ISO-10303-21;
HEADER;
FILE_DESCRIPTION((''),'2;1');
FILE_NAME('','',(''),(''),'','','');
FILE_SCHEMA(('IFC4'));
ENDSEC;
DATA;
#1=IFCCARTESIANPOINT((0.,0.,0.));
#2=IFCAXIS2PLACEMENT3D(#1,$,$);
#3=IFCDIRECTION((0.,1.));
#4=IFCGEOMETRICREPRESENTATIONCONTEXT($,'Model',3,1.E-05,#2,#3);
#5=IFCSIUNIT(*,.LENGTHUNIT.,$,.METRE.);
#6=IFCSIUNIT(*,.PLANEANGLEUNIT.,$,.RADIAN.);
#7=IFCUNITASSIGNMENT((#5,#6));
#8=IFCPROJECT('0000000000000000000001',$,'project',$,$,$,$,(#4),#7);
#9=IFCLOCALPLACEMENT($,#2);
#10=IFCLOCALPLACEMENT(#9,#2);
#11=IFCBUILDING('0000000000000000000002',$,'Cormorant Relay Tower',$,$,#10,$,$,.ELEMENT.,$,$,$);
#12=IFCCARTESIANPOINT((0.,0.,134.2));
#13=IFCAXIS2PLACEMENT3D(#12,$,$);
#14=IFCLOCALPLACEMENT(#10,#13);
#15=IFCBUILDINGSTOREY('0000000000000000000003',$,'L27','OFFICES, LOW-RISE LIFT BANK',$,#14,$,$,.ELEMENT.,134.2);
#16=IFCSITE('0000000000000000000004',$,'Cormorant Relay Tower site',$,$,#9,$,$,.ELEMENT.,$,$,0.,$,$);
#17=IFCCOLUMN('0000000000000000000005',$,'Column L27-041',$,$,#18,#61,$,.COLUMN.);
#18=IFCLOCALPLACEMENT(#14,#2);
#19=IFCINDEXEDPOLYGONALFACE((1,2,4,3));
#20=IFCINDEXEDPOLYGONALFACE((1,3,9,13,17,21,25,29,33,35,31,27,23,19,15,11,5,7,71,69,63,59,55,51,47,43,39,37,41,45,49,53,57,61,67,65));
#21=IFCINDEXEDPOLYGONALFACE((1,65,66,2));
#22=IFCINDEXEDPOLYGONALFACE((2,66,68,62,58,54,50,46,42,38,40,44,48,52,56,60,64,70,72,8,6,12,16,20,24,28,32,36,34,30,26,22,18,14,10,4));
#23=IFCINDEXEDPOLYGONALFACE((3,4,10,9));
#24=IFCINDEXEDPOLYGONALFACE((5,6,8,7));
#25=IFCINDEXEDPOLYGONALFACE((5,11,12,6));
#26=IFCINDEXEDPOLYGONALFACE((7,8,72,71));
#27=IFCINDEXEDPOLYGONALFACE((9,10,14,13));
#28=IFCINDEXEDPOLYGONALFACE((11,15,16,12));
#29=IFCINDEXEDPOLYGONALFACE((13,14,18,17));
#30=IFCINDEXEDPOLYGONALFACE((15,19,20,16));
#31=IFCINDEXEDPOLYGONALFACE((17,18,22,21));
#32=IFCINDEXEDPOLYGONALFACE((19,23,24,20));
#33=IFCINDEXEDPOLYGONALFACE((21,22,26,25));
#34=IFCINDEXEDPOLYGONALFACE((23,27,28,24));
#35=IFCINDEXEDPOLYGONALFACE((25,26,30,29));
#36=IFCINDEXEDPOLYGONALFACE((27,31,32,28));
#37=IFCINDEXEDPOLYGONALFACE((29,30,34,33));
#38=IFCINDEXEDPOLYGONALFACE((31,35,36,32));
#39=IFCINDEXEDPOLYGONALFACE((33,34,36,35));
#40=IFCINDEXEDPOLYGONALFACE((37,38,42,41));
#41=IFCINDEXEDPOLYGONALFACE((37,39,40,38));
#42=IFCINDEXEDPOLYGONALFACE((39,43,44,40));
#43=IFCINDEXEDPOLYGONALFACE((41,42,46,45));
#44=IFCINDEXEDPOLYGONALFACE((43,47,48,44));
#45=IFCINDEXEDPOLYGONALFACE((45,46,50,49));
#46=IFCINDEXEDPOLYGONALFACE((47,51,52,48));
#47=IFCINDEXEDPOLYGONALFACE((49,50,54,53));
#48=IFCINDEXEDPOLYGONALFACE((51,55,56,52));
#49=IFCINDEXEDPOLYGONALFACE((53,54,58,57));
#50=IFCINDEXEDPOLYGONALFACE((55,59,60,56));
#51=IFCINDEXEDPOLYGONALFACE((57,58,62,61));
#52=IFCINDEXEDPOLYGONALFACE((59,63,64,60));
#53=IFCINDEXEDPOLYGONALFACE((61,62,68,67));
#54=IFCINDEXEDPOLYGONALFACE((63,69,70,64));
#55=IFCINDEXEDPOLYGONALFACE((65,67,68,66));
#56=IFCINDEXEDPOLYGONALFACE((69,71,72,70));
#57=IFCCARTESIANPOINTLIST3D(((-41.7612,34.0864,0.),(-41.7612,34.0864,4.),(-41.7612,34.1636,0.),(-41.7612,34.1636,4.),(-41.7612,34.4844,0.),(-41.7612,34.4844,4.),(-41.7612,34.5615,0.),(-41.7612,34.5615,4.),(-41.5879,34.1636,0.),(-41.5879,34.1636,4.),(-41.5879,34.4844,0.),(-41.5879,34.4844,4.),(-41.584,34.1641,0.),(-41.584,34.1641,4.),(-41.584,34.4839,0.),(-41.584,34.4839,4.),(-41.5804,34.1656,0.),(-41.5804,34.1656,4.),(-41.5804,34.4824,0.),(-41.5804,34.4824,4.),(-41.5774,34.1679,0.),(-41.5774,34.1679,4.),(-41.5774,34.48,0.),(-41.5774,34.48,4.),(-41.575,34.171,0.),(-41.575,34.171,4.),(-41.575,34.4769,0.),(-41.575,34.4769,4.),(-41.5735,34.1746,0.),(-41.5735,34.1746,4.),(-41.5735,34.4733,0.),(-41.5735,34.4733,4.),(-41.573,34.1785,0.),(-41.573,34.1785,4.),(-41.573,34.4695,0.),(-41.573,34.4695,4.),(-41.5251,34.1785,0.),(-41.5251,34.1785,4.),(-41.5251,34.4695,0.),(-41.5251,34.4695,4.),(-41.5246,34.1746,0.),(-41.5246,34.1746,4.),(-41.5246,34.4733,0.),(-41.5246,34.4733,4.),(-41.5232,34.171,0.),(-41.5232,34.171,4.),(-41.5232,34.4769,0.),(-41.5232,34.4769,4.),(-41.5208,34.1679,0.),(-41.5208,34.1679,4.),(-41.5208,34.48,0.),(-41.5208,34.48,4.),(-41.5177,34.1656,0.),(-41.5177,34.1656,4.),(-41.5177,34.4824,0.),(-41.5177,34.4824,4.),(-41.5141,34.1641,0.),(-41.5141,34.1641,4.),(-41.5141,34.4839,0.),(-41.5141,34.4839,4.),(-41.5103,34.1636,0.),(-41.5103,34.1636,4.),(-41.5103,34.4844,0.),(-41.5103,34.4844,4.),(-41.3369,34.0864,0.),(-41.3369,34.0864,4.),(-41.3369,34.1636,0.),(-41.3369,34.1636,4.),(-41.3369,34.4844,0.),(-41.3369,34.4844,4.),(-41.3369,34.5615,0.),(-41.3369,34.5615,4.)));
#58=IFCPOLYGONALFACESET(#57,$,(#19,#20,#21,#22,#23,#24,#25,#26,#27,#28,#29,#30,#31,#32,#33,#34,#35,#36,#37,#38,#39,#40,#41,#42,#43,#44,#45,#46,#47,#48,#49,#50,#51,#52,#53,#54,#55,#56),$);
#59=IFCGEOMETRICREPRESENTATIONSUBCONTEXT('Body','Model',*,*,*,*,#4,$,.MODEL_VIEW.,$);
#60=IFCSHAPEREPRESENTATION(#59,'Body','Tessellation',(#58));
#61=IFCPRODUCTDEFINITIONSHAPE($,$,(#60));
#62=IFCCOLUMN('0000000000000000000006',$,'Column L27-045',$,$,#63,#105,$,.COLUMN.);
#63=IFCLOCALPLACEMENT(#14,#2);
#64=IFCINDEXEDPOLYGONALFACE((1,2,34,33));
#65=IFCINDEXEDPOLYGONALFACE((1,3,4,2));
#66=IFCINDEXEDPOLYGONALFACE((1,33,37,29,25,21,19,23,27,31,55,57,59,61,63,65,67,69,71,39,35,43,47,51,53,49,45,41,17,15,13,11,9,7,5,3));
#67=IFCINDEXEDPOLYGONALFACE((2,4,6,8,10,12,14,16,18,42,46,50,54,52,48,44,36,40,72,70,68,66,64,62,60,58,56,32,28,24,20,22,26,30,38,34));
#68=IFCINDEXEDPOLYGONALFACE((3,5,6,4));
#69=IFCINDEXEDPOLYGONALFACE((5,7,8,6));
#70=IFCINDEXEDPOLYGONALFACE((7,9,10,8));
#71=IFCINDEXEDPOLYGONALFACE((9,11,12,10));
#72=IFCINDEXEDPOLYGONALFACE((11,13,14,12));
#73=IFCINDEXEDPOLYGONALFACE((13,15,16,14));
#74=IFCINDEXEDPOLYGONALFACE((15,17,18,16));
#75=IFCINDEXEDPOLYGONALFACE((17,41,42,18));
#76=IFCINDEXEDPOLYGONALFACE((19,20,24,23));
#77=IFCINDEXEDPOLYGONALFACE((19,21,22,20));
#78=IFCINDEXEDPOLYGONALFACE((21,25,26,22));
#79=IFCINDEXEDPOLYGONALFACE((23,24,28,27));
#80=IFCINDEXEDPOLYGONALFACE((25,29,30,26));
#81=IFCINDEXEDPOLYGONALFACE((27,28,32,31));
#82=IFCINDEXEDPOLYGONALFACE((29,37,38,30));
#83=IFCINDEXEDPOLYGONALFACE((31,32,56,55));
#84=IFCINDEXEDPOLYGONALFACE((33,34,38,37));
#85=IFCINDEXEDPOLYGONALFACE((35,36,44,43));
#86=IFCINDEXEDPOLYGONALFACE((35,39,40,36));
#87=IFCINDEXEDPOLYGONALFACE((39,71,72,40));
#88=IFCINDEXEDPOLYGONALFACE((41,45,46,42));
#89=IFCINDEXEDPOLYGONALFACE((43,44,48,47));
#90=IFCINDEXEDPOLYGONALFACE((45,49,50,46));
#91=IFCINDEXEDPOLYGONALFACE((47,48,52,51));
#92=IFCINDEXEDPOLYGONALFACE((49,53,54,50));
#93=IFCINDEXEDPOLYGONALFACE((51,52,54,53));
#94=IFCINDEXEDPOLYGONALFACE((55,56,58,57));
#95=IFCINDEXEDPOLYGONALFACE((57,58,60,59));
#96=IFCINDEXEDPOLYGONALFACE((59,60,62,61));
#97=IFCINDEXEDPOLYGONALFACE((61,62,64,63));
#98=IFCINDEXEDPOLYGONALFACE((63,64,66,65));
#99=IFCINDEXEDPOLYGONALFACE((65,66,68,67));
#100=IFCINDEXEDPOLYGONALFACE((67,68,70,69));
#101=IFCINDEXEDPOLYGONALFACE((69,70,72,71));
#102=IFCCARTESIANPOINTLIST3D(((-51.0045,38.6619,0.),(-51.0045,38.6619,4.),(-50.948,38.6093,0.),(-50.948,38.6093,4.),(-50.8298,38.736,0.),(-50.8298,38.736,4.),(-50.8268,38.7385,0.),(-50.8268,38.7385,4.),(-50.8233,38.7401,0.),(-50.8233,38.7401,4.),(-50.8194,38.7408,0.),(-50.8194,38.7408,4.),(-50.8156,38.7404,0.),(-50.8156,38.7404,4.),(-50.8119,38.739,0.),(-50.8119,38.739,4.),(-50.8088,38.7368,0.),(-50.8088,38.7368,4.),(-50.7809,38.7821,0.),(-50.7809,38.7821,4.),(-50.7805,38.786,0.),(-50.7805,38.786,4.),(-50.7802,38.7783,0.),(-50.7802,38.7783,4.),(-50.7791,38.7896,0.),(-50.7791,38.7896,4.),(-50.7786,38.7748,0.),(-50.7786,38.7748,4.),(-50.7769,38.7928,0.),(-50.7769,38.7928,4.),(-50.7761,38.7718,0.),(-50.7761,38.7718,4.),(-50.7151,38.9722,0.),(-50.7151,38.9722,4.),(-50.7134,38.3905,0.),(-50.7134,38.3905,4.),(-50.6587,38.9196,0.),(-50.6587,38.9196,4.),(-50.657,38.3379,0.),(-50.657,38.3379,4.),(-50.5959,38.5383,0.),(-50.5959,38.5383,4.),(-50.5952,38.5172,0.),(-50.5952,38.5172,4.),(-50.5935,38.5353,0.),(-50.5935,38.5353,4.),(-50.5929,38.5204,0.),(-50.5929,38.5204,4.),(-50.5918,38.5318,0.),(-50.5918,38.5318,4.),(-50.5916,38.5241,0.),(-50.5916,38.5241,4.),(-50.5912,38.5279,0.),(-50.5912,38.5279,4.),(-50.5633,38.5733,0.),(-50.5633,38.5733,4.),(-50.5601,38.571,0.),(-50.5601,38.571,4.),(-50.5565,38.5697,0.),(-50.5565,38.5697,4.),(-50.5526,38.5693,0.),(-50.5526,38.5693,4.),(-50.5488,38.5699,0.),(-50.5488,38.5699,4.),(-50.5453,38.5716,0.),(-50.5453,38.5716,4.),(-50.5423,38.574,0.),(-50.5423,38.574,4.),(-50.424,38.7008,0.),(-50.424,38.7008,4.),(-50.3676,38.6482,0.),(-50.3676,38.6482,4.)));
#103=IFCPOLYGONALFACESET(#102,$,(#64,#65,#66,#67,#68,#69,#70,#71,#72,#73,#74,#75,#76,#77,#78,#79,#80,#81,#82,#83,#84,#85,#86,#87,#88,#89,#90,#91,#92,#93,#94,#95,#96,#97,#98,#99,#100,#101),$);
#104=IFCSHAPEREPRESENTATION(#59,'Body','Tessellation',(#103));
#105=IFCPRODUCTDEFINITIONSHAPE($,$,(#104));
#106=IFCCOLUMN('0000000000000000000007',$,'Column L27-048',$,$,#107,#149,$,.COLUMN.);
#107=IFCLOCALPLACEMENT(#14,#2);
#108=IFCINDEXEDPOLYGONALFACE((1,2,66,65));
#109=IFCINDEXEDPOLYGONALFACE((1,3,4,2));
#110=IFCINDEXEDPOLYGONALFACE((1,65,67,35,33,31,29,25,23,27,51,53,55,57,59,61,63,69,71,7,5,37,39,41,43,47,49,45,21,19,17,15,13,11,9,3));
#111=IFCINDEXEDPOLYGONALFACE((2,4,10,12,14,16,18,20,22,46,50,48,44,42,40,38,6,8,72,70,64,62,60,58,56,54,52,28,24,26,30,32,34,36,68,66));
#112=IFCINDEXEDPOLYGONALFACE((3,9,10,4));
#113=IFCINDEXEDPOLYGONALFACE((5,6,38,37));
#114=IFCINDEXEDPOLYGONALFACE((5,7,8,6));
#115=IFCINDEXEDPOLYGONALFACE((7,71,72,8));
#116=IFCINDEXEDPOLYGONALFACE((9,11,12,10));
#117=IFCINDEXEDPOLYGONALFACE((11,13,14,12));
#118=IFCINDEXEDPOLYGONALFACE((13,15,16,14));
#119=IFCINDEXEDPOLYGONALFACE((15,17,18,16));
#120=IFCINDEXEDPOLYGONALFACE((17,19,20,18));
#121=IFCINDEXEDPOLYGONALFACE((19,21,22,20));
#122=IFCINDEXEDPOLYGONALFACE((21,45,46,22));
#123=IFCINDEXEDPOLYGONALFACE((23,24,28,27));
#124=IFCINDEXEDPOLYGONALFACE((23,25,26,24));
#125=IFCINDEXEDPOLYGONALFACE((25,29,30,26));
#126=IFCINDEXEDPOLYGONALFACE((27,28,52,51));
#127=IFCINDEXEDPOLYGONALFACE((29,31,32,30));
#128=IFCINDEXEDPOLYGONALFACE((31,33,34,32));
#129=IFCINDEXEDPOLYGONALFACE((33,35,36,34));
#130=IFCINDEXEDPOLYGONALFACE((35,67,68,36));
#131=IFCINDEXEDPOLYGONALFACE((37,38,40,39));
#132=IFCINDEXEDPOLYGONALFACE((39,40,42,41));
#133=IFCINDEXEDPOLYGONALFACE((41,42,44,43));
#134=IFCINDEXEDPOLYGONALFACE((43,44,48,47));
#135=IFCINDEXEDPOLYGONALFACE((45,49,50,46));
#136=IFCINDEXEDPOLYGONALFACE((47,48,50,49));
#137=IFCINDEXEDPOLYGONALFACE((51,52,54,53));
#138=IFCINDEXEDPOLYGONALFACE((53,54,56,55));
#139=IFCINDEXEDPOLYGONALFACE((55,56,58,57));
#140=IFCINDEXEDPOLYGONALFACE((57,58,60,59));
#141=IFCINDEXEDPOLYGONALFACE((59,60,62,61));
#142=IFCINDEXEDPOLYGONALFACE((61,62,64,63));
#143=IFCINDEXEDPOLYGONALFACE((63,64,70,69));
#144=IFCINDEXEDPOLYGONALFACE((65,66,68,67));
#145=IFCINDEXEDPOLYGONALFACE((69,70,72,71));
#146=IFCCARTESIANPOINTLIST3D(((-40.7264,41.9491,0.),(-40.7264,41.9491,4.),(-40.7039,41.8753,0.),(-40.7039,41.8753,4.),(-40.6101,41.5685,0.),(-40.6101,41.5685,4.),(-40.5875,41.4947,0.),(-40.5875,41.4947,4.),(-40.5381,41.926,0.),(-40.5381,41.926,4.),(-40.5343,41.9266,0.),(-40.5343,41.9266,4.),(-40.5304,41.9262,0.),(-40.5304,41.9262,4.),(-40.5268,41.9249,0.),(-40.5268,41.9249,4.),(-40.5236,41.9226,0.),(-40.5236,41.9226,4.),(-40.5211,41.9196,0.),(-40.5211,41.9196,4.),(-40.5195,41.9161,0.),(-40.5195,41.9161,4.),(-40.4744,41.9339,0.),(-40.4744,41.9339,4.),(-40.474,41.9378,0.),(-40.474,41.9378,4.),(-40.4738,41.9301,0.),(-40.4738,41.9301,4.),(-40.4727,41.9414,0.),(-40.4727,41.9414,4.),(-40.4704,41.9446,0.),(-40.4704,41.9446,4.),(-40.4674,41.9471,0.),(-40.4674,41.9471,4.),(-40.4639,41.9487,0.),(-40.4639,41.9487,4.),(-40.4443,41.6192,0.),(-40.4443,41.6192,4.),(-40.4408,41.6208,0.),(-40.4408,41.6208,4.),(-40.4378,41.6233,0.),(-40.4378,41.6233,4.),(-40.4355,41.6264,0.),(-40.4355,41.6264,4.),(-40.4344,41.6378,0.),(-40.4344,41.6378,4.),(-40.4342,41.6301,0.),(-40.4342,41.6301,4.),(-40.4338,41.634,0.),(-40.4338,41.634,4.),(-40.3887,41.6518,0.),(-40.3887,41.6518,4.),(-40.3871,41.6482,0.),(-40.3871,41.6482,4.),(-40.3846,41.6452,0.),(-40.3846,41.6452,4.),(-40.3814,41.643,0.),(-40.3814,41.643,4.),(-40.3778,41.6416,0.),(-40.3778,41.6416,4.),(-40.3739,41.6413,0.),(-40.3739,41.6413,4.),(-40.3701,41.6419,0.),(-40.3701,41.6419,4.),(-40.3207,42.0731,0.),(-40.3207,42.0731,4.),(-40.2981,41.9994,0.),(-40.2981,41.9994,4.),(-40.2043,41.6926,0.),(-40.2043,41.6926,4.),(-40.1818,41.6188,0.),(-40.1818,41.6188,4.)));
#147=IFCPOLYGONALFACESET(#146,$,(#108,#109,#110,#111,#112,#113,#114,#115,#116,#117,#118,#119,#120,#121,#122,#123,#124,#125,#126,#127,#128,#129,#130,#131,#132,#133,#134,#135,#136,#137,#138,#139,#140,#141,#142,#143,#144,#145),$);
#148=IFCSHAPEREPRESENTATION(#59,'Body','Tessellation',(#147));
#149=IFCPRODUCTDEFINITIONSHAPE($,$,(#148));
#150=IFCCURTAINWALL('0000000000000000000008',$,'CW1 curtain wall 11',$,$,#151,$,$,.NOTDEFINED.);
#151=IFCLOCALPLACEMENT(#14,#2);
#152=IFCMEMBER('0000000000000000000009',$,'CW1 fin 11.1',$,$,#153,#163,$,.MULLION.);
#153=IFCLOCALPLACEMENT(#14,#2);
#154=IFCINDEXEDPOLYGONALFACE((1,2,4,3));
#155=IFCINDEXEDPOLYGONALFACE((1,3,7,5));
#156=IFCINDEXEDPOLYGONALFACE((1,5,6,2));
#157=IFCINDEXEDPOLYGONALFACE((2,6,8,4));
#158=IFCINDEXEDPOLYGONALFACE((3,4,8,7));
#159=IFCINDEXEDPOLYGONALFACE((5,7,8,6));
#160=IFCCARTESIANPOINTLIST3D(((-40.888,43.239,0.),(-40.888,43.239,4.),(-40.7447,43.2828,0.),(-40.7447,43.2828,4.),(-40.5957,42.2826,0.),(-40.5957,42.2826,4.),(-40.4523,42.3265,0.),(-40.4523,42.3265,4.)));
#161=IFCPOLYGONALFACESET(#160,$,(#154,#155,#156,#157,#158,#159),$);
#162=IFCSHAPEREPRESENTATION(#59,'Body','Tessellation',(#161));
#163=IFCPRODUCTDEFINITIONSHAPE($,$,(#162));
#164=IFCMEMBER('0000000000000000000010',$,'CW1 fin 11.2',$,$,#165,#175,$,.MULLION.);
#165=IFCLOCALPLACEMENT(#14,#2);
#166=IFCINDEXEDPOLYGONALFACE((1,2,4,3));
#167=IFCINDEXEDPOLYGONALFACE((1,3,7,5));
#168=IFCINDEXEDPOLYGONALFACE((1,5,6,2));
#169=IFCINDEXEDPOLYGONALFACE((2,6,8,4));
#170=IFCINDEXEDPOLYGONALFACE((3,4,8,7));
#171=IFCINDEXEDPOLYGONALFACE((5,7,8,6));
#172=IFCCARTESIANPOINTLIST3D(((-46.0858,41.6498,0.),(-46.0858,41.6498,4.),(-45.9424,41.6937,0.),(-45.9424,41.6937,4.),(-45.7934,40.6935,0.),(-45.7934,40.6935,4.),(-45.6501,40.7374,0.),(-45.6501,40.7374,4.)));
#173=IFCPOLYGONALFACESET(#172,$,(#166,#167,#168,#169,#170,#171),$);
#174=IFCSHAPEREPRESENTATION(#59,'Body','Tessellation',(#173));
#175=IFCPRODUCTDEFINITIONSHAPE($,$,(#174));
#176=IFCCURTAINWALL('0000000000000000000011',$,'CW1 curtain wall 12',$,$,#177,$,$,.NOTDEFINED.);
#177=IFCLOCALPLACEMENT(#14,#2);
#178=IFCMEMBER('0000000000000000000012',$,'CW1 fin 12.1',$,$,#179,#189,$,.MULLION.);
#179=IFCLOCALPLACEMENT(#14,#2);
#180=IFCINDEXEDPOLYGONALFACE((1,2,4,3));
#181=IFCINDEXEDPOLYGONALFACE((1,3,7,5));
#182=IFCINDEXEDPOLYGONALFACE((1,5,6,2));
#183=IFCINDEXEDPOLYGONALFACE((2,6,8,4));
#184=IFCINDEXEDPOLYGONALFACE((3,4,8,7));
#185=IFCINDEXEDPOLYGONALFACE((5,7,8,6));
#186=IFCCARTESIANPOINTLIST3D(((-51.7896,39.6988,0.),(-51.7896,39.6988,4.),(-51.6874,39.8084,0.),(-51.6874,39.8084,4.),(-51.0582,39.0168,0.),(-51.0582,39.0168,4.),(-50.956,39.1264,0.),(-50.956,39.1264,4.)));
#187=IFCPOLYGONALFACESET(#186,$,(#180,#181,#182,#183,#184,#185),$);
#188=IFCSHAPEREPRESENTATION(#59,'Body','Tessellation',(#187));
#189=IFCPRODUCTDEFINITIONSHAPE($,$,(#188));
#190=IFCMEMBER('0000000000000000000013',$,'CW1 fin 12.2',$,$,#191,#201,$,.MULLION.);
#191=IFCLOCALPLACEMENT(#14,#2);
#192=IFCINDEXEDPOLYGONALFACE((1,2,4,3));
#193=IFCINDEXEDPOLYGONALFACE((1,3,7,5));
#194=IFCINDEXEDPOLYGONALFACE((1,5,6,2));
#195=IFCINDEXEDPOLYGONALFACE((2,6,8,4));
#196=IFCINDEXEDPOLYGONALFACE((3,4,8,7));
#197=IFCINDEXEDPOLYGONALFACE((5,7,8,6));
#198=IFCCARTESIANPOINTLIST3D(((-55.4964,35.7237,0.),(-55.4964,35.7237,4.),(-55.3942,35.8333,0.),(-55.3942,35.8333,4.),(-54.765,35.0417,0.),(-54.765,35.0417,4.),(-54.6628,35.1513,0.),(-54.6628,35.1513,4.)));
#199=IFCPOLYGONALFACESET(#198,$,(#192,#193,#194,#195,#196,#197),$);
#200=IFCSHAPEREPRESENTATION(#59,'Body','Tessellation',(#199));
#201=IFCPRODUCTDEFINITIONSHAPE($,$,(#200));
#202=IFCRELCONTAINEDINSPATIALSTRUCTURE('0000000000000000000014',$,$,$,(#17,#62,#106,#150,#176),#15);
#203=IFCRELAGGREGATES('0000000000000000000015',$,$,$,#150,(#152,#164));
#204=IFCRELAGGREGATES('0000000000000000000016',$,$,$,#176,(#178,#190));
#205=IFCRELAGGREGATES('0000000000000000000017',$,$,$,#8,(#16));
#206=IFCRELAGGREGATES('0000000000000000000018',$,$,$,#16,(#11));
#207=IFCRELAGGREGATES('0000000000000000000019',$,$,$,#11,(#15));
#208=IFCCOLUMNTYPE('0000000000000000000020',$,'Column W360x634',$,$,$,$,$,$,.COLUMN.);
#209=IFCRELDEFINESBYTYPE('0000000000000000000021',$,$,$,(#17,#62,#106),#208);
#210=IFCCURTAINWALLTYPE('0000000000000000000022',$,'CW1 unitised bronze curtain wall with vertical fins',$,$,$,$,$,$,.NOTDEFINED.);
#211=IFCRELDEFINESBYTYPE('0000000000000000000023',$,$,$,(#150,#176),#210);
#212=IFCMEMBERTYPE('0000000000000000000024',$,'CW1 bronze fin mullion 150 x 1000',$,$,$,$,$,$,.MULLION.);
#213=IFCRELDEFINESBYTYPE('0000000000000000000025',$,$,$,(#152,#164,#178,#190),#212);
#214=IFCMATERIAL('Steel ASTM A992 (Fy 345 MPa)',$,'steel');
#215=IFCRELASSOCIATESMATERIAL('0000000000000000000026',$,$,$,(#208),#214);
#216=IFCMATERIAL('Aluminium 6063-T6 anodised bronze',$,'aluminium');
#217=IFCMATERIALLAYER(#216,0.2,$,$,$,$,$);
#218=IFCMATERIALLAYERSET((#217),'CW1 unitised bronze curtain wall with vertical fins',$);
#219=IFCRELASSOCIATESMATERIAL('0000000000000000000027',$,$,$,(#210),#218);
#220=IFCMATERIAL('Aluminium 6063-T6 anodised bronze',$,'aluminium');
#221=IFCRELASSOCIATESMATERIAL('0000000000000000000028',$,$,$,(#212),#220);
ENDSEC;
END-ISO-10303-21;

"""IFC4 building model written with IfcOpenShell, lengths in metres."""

from ifc_helpers import new_model, si_unit, direction, frame, origin, origin_2d, place, context, subcontext, project, spatial, rectangle, i_section, extrude, material, layer, layer_set, material_profile, profile_set, type_object, element, aggregate, save


model = new_model("IFC4")

# Units and contexts
model_context = context("Model", 3, precision=1e-05, world=origin(), true_north=direction((0.0, 1.0)))
body_context = subcontext(model_context, "Body", "Model", "MODEL_VIEW")
ifc_project = project(units=[si_unit("LENGTHUNIT", "METRE"), si_unit("PLANEANGLEUNIT", "RADIAN")], contexts=[model_context])

# Site, building, storey
site_placement = place(None, origin())
site = spatial("IfcSite", under=ifc_project, at=site_placement, Name="Cormorant Relay Tower site", CompositionType="ELEMENT", RefElevation=0.0)
building_placement = place(site_placement, origin())
building = spatial("IfcBuilding", under=site, at=building_placement, Name="Cormorant Relay Tower", CompositionType="ELEMENT")
storey_placement = place(building_placement, frame((0.0, 0.0, 134.2)))
storey = spatial("IfcBuildingStorey", under=building, at=storey_placement, Name="L27", Description="OFFICES, LOW-RISE LIFT BANK", CompositionType="ELEMENT", Elevation=134.2)

# Columns
ifc_material_1 = material(Name="Steel ASTM A992 (Fy 345 MPa)", Category="steel")
ifc_material_profile_1 = material_profile(ifc_material_1, i_section(OverallWidth=0.4243, OverallDepth=0.4751, WebThickness=0.0479, FlangeThickness=0.0771, FilletRadius=0.0149, at=origin_2d()), Name="W360x634")
ifc_profile_set_1 = profile_set([ifc_material_profile_1], Name="Steel ASTM A992 (Fy 345 MPa)")
column_type = type_object("IfcColumnType", Name="Column W360x634", PredefinedType="COLUMN", material=ifc_profile_set_1)
for number, where, z_axis, x_axis, name in (
    (1, (-41.5491, 34.324, 0.0), (0.0, 0.0, 1.0), (1.0, 0.0, 0.0), "Column L27-041"),
    (2, (-50.686, 38.655, 0.0), (0.0, 0.0, 1.0), (-0.681998, -0.731354, 0.0), "Column L27-045"),
    (3, (-40.4541, 41.7839, 0.0), (0.0, 0.0, 1.0), (-0.956305, -0.292372, 0.0), "Column L27-048"),
):
    element("IfcColumn", number, at=place(storey_placement, frame(where, z_axis=z_axis, x_axis=x_axis)), inside=storey, type_object=column_type, Name=name, PredefinedType="COLUMN", context=body_context, shape_type="SweptSolid", body=[
        extrude(i_section(OverallWidth=0.4243, OverallDepth=0.4751, WebThickness=0.0479, FlangeThickness=0.0771, FilletRadius=0.0149, at=origin_2d()), origin(), (0.0, 0.0, 1.0), 4.0),
    ])

# Curtain walls, members
ifc_material_2 = material(Name="Aluminium 6063-T6 anodised bronze", Category="aluminium")
ifc_layer_1 = layer(ifc_material_2, 0.2)
ifc_layer_set_1 = layer_set([ifc_layer_1], Name="CW1 unitised bronze curtain wall with vertical fins")
curtain_wall_type = type_object("IfcCurtainWallType", Name="CW1 unitised bronze curtain wall with vertical fins", PredefinedType="NOTDEFINED", material=ifc_layer_set_1)
curtain_wall_1_placement = place(storey_placement, origin())
curtain_wall_1 = element("IfcCurtainWall", 4, at=curtain_wall_1_placement, inside=storey, type_object=curtain_wall_type, Name="CW1 curtain wall 11", PredefinedType="NOTDEFINED")
ifc_material_3 = material(Name="Aluminium 6063-T6 anodised bronze", Category="aluminium")
ifc_material_profile_2 = material_profile(ifc_material_3, rectangle(XDim=0.1499, YDim=1.0, at=origin_2d()), Name="AL 150x1000")
ifc_profile_set_2 = profile_set([ifc_material_profile_2], Name="Aluminium 6063-T6 anodised bronze")
member_type_1 = type_object("IfcMemberType", Name="CW1 bronze fin mullion 150 x 1000", PredefinedType="MULLION", material=ifc_profile_set_2)
member_1_placement = place(storey_placement, frame((-40.6702, 42.7827, 0.0), z_axis=(0.0, 0.0, 1.0), x_axis=(-0.956305, -0.292372, 0.0)))
member_1 = element("IfcMember", 5, at=member_1_placement, type_object=member_type_1, Name="CW1 fin 11.1", PredefinedType="MULLION", context=body_context, shape_type="SweptSolid", body=[
    extrude(rectangle(XDim=0.1499, YDim=1.0, at=origin_2d()), origin(), (0.0, 0.0, 1.0), 4.0),
])
member_2_placement = place(storey_placement, frame((-45.8679, 41.1936, 0.0), z_axis=(0.0, 0.0, 1.0), x_axis=(-0.956305, -0.292372, 0.0)))
member_2 = element("IfcMember", 6, at=member_2_placement, type_object=member_type_1, Name="CW1 fin 11.2", PredefinedType="MULLION", context=body_context, shape_type="SweptSolid", body=[
    extrude(rectangle(XDim=0.1499, YDim=1.0, at=origin_2d()), origin(), (0.0, 0.0, 1.0), 4.0),
])
curtain_wall_2_placement = place(storey_placement, origin())
curtain_wall_2 = element("IfcCurtainWall", 7, at=curtain_wall_2_placement, inside=storey, type_object=curtain_wall_type, Name="CW1 curtain wall 12", PredefinedType="NOTDEFINED")
member_3_placement = place(storey_placement, frame((-51.3728, 39.4126, 0.0), z_axis=(0.0, 0.0, 1.0), x_axis=(-0.681998, -0.731354, 0.0)))
member_3 = element("IfcMember", 8, at=member_3_placement, type_object=member_type_1, Name="CW1 fin 12.1", PredefinedType="MULLION", context=body_context, shape_type="SweptSolid", body=[
    extrude(rectangle(XDim=0.1499, YDim=1.0, at=origin_2d()), origin(), (0.0, 0.0, 1.0), 4.0),
])
member_4_placement = place(storey_placement, frame((-55.0796, 35.4375, 0.0), z_axis=(0.0, 0.0, 1.0), x_axis=(-0.681998, -0.731354, 0.0)))
member_4 = element("IfcMember", 9, at=member_4_placement, type_object=member_type_1, Name="CW1 fin 12.2", PredefinedType="MULLION", context=body_context, shape_type="SweptSolid", body=[
    extrude(rectangle(XDim=0.1499, YDim=1.0, at=origin_2d()), origin(), (0.0, 0.0, 1.0), 4.0),
])

aggregate(curtain_wall_1, [member_1, member_2])
aggregate(curtain_wall_2, [member_3, member_4])

save(model, "model.ifc")
